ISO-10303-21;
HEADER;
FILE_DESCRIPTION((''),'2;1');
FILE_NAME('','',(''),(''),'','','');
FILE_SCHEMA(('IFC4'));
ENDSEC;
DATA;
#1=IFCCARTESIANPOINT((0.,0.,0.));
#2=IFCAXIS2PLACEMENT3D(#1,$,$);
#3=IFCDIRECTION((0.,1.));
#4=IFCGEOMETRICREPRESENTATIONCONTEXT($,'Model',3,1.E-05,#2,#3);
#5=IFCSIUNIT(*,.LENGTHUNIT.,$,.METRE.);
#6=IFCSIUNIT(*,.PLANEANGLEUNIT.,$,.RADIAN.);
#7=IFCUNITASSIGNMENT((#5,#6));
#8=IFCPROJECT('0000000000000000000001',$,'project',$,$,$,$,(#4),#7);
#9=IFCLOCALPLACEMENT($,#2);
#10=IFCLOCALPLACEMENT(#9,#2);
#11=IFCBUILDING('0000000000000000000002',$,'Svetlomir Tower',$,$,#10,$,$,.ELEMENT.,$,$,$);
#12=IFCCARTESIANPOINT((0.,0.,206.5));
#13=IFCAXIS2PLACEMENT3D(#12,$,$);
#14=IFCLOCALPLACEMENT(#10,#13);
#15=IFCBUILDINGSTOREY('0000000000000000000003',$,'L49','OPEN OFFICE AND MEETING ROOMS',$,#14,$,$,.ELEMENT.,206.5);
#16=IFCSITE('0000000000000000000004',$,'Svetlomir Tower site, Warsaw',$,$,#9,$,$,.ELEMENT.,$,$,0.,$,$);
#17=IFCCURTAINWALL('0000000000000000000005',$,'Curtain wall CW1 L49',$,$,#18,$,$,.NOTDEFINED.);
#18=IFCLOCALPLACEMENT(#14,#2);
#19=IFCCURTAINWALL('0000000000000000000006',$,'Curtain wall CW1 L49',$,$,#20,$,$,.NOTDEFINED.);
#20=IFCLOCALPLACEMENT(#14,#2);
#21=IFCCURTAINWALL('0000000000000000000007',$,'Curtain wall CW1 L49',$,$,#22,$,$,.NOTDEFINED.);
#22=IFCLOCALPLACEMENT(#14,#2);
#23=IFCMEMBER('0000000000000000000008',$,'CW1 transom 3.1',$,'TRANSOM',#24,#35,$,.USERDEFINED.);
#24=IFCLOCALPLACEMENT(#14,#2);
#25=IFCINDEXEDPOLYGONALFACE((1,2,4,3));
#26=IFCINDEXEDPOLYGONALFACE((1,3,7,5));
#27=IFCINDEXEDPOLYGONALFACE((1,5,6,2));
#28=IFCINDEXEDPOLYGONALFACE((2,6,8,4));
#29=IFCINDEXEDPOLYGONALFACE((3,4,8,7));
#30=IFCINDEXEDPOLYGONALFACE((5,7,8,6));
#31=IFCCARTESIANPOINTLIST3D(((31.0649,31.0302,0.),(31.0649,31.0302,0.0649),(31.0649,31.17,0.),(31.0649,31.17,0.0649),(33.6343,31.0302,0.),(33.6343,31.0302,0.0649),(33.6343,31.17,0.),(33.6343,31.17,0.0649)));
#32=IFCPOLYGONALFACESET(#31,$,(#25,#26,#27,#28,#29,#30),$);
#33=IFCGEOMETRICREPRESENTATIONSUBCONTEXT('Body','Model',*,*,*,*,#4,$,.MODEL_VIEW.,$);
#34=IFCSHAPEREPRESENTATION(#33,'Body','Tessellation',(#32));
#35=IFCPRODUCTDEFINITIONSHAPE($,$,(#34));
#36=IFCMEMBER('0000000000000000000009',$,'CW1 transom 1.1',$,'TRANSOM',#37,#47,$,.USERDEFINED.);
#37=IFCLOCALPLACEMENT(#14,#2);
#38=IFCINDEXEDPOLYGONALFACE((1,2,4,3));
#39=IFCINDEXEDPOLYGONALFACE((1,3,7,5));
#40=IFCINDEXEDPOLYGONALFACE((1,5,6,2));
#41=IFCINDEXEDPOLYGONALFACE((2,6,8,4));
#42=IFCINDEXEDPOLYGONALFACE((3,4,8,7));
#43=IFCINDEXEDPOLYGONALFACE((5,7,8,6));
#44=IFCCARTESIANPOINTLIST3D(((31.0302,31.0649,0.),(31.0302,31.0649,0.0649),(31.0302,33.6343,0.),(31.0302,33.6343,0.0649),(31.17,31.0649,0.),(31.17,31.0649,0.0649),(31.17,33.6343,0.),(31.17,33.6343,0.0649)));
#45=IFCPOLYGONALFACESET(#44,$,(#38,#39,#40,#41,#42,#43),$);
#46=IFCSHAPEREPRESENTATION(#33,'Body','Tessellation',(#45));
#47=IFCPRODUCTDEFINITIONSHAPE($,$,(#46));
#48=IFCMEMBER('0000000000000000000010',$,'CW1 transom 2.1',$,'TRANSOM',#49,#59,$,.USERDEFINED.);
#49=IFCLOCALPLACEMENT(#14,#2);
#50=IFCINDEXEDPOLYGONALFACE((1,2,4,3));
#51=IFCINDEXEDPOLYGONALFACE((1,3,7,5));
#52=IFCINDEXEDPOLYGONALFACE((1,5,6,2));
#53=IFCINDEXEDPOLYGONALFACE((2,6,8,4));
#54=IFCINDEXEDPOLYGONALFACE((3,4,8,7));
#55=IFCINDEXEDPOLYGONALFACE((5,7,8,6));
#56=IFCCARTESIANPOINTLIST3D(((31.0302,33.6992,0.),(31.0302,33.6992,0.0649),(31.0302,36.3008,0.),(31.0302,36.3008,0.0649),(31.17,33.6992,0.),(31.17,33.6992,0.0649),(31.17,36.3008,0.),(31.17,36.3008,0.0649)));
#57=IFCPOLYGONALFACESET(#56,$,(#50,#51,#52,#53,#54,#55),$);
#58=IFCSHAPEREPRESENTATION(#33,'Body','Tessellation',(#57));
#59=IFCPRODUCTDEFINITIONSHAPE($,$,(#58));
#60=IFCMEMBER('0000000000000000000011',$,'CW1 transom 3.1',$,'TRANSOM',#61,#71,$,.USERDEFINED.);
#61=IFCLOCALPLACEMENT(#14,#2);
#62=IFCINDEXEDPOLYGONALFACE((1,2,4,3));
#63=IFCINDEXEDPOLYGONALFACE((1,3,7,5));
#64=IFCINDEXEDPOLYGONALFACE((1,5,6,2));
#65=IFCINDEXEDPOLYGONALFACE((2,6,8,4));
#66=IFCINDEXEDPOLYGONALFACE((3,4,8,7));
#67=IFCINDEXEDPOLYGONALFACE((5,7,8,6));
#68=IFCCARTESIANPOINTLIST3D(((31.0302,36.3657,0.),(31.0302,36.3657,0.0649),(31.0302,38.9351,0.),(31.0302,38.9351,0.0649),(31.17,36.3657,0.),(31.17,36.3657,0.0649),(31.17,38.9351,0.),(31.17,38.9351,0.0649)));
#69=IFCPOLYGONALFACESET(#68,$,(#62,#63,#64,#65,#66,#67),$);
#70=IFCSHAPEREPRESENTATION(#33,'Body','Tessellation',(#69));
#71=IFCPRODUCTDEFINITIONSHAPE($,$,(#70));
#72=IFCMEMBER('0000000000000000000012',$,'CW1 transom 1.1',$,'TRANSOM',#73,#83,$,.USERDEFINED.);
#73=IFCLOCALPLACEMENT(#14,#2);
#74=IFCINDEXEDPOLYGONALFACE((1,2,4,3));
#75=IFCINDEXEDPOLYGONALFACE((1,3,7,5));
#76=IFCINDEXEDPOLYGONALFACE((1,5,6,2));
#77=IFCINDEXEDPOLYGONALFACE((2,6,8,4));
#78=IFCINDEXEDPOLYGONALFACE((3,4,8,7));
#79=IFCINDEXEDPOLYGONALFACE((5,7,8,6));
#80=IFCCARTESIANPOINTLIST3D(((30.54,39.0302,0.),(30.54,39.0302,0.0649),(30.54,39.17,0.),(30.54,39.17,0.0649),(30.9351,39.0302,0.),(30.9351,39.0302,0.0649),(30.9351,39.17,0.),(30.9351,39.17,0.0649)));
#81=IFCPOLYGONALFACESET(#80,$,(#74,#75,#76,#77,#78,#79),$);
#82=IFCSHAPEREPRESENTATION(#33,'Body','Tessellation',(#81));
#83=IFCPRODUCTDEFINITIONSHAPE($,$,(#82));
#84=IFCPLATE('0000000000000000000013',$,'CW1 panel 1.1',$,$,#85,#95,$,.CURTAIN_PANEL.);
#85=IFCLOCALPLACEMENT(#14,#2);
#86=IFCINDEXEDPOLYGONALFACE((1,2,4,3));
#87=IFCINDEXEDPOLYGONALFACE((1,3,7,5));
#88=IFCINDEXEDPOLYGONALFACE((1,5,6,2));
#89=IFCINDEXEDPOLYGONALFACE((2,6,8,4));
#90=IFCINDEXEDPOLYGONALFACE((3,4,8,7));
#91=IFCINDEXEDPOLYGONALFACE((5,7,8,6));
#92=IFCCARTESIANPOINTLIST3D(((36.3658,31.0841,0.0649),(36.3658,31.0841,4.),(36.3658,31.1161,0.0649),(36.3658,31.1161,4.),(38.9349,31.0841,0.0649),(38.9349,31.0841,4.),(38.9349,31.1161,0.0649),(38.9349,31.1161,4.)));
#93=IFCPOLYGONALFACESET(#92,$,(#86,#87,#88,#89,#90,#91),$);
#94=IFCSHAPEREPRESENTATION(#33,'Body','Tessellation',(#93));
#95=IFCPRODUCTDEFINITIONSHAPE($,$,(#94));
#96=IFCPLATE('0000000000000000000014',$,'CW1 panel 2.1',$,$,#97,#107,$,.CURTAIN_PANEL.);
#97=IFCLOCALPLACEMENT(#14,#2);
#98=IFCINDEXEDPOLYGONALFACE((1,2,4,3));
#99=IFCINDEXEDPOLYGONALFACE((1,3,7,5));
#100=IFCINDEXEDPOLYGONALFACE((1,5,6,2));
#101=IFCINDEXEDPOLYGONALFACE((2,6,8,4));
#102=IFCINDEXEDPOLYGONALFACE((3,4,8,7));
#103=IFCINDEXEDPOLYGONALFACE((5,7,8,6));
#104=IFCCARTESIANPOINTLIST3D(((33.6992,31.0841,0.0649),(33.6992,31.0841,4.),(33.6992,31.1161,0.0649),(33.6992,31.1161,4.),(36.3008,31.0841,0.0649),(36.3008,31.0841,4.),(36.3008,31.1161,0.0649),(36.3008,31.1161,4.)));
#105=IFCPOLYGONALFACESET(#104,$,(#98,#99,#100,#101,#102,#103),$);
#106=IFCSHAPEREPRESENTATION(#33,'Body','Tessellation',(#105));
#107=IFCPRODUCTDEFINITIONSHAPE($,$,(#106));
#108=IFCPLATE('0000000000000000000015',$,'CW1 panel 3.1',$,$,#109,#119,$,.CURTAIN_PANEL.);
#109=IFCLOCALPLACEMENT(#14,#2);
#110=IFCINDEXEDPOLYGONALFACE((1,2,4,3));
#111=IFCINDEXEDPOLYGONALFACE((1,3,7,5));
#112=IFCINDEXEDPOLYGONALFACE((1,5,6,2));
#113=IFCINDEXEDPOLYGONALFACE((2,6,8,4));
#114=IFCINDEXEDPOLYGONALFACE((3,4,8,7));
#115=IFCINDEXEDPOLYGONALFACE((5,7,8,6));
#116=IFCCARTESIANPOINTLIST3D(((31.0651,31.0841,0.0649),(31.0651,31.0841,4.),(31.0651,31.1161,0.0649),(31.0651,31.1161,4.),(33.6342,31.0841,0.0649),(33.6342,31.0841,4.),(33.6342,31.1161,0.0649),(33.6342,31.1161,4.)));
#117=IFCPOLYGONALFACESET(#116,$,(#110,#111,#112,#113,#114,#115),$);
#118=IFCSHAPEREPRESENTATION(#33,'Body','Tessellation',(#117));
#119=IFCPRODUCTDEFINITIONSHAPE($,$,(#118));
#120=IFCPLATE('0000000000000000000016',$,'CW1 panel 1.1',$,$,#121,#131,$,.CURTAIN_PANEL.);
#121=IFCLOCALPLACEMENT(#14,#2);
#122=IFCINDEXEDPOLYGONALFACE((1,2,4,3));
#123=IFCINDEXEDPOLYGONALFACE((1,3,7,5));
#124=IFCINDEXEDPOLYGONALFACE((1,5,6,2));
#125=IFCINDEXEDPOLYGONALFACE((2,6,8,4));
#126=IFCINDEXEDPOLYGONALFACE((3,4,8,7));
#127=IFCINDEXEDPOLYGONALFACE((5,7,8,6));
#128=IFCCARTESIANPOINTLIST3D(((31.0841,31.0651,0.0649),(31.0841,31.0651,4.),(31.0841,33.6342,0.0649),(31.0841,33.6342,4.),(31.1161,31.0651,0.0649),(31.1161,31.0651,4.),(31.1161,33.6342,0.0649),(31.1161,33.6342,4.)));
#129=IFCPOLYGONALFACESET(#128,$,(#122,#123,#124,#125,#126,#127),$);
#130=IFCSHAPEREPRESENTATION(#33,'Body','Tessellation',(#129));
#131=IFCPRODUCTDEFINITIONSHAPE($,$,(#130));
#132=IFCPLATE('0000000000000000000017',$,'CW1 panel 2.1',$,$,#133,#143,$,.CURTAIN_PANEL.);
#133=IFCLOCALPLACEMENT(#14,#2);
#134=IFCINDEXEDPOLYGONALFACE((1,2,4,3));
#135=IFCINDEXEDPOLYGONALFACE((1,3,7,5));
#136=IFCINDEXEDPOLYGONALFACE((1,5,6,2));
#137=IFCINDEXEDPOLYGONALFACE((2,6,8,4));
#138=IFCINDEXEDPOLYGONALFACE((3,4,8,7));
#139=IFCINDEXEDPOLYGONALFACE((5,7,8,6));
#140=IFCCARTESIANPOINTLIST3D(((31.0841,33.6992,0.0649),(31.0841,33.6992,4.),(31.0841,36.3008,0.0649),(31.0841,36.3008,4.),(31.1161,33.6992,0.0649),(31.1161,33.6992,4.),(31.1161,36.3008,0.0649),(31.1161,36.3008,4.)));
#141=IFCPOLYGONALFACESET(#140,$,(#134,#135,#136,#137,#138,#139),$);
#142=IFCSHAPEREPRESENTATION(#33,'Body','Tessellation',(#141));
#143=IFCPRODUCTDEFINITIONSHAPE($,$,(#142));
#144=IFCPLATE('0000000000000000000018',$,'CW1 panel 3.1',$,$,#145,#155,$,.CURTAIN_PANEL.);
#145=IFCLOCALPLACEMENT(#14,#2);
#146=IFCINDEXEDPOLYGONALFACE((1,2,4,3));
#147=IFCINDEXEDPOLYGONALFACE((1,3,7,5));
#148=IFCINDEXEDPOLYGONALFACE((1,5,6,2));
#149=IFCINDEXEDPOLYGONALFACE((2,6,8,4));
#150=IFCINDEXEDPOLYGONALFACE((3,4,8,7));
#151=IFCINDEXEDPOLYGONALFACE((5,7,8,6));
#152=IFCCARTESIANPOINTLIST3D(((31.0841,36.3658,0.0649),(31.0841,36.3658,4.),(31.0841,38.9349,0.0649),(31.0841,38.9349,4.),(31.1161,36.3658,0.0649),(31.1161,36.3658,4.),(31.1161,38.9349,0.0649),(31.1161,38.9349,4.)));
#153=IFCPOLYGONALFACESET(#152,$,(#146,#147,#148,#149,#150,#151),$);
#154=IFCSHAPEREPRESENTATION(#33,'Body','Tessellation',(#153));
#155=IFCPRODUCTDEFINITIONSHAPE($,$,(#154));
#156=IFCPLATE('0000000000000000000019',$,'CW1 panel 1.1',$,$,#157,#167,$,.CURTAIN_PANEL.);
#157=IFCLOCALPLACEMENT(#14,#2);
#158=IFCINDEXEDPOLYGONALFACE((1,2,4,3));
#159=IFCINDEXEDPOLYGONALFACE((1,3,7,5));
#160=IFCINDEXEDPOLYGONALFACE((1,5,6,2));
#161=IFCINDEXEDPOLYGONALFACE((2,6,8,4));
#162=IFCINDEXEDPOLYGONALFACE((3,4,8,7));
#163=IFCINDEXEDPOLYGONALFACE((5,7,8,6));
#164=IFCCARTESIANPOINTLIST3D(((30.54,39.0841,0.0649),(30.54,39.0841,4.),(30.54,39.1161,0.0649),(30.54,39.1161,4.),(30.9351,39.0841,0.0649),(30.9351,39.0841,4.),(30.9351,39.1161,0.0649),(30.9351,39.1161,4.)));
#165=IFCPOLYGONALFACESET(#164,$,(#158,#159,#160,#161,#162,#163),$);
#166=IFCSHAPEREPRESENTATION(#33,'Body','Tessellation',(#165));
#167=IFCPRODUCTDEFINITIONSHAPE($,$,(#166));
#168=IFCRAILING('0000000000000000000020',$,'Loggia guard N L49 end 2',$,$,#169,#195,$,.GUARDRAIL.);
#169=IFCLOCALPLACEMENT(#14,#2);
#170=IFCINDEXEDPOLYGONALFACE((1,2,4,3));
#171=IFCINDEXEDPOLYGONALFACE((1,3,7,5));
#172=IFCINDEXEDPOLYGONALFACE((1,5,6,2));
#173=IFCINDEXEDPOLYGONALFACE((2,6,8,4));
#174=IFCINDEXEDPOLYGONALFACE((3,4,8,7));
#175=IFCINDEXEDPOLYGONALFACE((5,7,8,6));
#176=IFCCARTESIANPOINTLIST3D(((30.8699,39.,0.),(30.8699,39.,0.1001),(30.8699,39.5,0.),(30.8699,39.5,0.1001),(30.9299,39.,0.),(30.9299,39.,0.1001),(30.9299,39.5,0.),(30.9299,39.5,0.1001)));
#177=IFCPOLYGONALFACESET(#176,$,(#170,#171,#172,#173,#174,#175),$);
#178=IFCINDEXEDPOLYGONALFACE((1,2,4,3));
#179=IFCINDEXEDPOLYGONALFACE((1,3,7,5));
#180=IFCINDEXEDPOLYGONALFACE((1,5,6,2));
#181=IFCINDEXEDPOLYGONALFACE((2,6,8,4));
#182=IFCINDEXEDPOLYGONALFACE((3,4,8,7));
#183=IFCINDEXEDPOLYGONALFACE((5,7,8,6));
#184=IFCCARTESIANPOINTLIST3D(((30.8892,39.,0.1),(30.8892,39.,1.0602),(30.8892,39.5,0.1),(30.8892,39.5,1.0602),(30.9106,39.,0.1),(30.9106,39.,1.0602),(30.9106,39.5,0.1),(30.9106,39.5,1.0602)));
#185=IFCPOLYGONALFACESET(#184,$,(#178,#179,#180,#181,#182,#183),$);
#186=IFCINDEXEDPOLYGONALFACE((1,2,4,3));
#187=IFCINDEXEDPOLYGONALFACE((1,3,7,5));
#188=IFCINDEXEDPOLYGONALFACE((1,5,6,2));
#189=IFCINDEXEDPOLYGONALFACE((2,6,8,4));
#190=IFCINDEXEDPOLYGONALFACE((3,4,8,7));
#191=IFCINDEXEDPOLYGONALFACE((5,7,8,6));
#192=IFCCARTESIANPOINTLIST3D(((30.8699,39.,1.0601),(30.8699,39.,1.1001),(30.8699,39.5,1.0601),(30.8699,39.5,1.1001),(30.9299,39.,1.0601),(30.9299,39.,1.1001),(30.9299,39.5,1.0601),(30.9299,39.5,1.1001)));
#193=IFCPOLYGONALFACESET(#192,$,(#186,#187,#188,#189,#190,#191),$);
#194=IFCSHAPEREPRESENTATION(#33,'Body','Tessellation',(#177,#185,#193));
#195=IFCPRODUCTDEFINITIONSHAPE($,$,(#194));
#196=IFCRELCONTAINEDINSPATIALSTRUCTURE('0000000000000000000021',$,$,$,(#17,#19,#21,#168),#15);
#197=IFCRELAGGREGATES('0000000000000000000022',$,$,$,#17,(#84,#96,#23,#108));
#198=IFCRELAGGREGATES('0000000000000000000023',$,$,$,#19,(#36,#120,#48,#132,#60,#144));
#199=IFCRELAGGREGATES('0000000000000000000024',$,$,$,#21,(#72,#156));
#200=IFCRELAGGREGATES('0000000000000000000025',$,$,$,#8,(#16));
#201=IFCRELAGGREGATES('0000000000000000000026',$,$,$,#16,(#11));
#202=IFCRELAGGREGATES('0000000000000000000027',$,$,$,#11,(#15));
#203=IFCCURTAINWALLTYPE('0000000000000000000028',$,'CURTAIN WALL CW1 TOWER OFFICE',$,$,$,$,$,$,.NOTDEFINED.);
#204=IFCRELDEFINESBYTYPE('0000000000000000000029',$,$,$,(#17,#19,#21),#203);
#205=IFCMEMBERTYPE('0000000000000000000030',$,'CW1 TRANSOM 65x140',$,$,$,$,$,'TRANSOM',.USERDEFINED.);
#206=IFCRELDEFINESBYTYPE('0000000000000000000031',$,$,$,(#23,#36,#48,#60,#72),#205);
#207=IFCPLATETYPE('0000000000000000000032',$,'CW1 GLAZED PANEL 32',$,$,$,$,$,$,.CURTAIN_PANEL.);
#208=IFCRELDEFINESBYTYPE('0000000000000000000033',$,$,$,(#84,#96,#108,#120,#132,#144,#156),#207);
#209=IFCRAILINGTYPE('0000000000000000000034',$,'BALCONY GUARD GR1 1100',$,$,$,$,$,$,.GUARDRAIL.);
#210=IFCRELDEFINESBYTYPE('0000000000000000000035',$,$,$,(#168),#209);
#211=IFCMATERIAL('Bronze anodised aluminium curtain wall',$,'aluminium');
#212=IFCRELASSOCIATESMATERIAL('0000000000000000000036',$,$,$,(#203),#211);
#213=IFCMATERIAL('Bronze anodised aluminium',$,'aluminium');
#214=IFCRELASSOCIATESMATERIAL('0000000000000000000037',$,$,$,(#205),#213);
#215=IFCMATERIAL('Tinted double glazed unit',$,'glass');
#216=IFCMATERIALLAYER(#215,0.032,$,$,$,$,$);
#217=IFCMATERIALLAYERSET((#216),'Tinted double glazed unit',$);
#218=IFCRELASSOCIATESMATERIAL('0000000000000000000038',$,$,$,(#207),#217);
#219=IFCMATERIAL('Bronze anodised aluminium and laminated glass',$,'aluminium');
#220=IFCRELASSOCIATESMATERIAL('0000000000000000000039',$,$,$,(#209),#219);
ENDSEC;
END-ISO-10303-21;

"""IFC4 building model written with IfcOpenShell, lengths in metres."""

from ifc_helpers import new_model, si_unit, direction, frame, origin, origin_2d, place, context, subcontext, project, spatial, rectangle, extrude, material, layer, layer_set, material_profile, profile_set, type_object, element, aggregate, save


model = new_model("IFC4")

# Units and contexts
model_context = context("Model", 3, precision=1e-05, world=origin(), true_north=direction((0.0, 1.0)))
body_context = subcontext(model_context, "Body", "Model", "MODEL_VIEW")
ifc_project = project(units=[si_unit("LENGTHUNIT", "METRE"), si_unit("PLANEANGLEUNIT", "RADIAN")], contexts=[model_context])

# Site, building, storey
site_placement = place(None, origin())
site = spatial("IfcSite", under=ifc_project, at=site_placement, Name="Svetlomir Tower site, Warsaw", CompositionType="ELEMENT", RefElevation=0.0)
building_placement = place(site_placement, origin())
building = spatial("IfcBuilding", under=site, at=building_placement, Name="Svetlomir Tower", CompositionType="ELEMENT")
storey_placement = place(building_placement, frame((0.0, 0.0, 206.5)))
storey = spatial("IfcBuildingStorey", under=building, at=storey_placement, Name="L49", Description="OPEN OFFICE AND MEETING ROOMS", CompositionType="ELEMENT", Elevation=206.5)

# Curtain walls
ifc_material_1 = material(Name="Bronze anodised aluminium curtain wall", Category="aluminium")
curtain_wall_type = type_object("IfcCurtainWallType", Name="CURTAIN WALL CW1 TOWER OFFICE", PredefinedType="NOTDEFINED", material=ifc_material_1)
curtain_wall_1_placement = place(storey_placement, origin())
curtain_wall_1 = element("IfcCurtainWall", 1, at=curtain_wall_1_placement, inside=storey, type_object=curtain_wall_type, Name="Curtain wall CW1 L49", PredefinedType="NOTDEFINED")
curtain_wall_2_placement = place(storey_placement, origin())
curtain_wall_2 = element("IfcCurtainWall", 2, at=curtain_wall_2_placement, inside=storey, type_object=curtain_wall_type, Name="Curtain wall CW1 L49", PredefinedType="NOTDEFINED")

# Curtain wall
curtain_wall_3_placement = place(storey_placement, origin())
curtain_wall_3 = element("IfcCurtainWall", 3, at=curtain_wall_3_placement, inside=storey, type_object=curtain_wall_type, Name="Curtain wall CW1 L49", PredefinedType="NOTDEFINED")

# Members
ifc_material_2 = material(Name="Bronze anodised aluminium", Category="aluminium")
ifc_material_profile_1 = material_profile(ifc_material_2, rectangle(XDim=0.1399, YDim=0.0649, at=origin_2d()), Name="AL 140x65")
ifc_profile_set_1 = profile_set([ifc_material_profile_1], Name="Bronze anodised aluminium 6063-T6")
member_type_1 = type_object("IfcMemberType", Name="CW1 TRANSOM 65x140", ElementType="TRANSOM", PredefinedType="USERDEFINED", material=ifc_profile_set_1)
member_1_placement = place(storey_placement, frame((33.6343, 31.1001, 0.0325), z_axis=(-1.0, 0.0, 0.0), x_axis=(0.0, -1.0, 0.0)))
member_1 = element("IfcMember", 4, at=member_1_placement, type_object=member_type_1, Name="CW1 transom 3.1", ObjectType="TRANSOM", PredefinedType="USERDEFINED", context=body_context, shape_type="SweptSolid", body=[
    extrude(rectangle(XDim=0.1399, YDim=0.0649, at=origin_2d()), origin(), (0.0, 0.0, 1.0), 2.5693),
])
member_2_placement = place(storey_placement, frame((31.1001, 31.0649, 0.0325), z_axis=(0.0, 1.0, 0.0), x_axis=(-1.0, 0.0, 0.0)))
member_2 = element("IfcMember", 5, at=member_2_placement, type_object=member_type_1, Name="CW1 transom 1.1", ObjectType="TRANSOM", PredefinedType="USERDEFINED", context=body_context, shape_type="SweptSolid", body=[
    extrude(rectangle(XDim=0.1399, YDim=0.0649, at=origin_2d()), origin(), (0.0, 0.0, 1.0), 2.5693),
])
member_3_placement = place(storey_placement, frame((31.1001, 33.6992, 0.0325), z_axis=(0.0, 1.0, 0.0), x_axis=(-1.0, 0.0, 0.0)))
member_3 = element("IfcMember", 6, at=member_3_placement, type_object=member_type_1, Name="CW1 transom 2.1", ObjectType="TRANSOM", PredefinedType="USERDEFINED", context=body_context, shape_type="SweptSolid", body=[
    extrude(rectangle(XDim=0.1399, YDim=0.0649, at=origin_2d()), origin(), (0.0, 0.0, 1.0), 2.6016),
])
member_4_placement = place(storey_placement, frame((31.1001, 36.3657, 0.0325), z_axis=(0.0, 1.0, 0.0), x_axis=(-1.0, 0.0, 0.0)))
member_4 = element("IfcMember", 7, at=member_4_placement, type_object=member_type_1, Name="CW1 transom 3.1", ObjectType="TRANSOM", PredefinedType="USERDEFINED", context=body_context, shape_type="SweptSolid", body=[
    extrude(rectangle(XDim=0.1399, YDim=0.0649, at=origin_2d()), origin(), (0.0, 0.0, 1.0), 2.5693),
])
member_5_placement = place(storey_placement, frame((30.9351, 39.1001, 0.0325), z_axis=(-1.0, 0.0, 0.0), x_axis=(0.0, -1.0, 0.0)))
member_5 = element("IfcMember", 8, at=member_5_placement, type_object=member_type_1, Name="CW1 transom 1.1", ObjectType="TRANSOM", PredefinedType="USERDEFINED", context=body_context, shape_type="SweptSolid", body=[
    extrude(rectangle(XDim=0.1399, YDim=0.0649, at=origin_2d()), origin(), (0.0, 0.0, 1.0), 0.395),
])

# Plates
ifc_material_3 = material(Name="Tinted double glazed unit", Category="glass")
ifc_layer = layer(ifc_material_3, 0.032)
ifc_layer_set = layer_set([ifc_layer], Name="Tinted double glazed unit")
plate_type = type_object("IfcPlateType", Name="CW1 GLAZED PANEL 32", PredefinedType="CURTAIN_PANEL", material=ifc_layer_set)
plate_1_placement = place(storey_placement, frame((37.6504, 31.1001, 0.0649), z_axis=(0.0, 0.0, 1.0), x_axis=(-1.0, 0.0, 0.0)))
plate_1 = element("IfcPlate", 9, at=plate_1_placement, type_object=plate_type, Name="CW1 panel 1.1", PredefinedType="CURTAIN_PANEL", context=body_context, shape_type="SweptSolid", body=[
    extrude(rectangle(XDim=2.5691, YDim=0.032, at=origin_2d()), origin(), (0.0, 0.0, 1.0), 3.9351),
])
plate_2_placement = place(storey_placement, frame((35.0, 31.1001, 0.0649), z_axis=(0.0, 0.0, 1.0), x_axis=(-1.0, 0.0, 0.0)))
plate_2 = element("IfcPlate", 10, at=plate_2_placement, type_object=plate_type, Name="CW1 panel 2.1", PredefinedType="CURTAIN_PANEL", context=body_context, shape_type="SweptSolid", body=[
    extrude(rectangle(XDim=2.6016, YDim=0.032, at=origin_2d()), origin(), (0.0, 0.0, 1.0), 3.9351),
])
plate_3_placement = place(storey_placement, frame((32.3496, 31.1001, 0.0649), z_axis=(0.0, 0.0, 1.0), x_axis=(-1.0, 0.0, 0.0)))
plate_3 = element("IfcPlate", 11, at=plate_3_placement, type_object=plate_type, Name="CW1 panel 3.1", PredefinedType="CURTAIN_PANEL", context=body_context, shape_type="SweptSolid", body=[
    extrude(rectangle(XDim=2.5691, YDim=0.032, at=origin_2d()), origin(), (0.0, 0.0, 1.0), 3.9351),
])
aggregate(curtain_wall_1, [plate_1, plate_2, member_1, plate_3])
plate_4_placement = place(storey_placement, frame((31.1001, 32.3496, 0.0649), z_axis=(0.0, 0.0, 1.0), x_axis=(0.0, 1.0, 0.0)))
plate_4 = element("IfcPlate", 12, at=plate_4_placement, type_object=plate_type, Name="CW1 panel 1.1", PredefinedType="CURTAIN_PANEL", context=body_context, shape_type="SweptSolid", body=[
    extrude(rectangle(XDim=2.5691, YDim=0.032, at=origin_2d()), origin(), (0.0, 0.0, 1.0), 3.9351),
])
plate_5_placement = place(storey_placement, frame((31.1001, 35.0, 0.0649), z_axis=(0.0, 0.0, 1.0), x_axis=(0.0, 1.0, 0.0)))
plate_5 = element("IfcPlate", 13, at=plate_5_placement, type_object=plate_type, Name="CW1 panel 2.1", PredefinedType="CURTAIN_PANEL", context=body_context, shape_type="SweptSolid", body=[
    extrude(rectangle(XDim=2.6016, YDim=0.032, at=origin_2d()), origin(), (0.0, 0.0, 1.0), 3.9351),
])
plate_6_placement = place(storey_placement, frame((31.1001, 37.6504, 0.0649), z_axis=(0.0, 0.0, 1.0), x_axis=(0.0, 1.0, 0.0)))
plate_6 = element("IfcPlate", 14, at=plate_6_placement, type_object=plate_type, Name="CW1 panel 3.1", PredefinedType="CURTAIN_PANEL", context=body_context, shape_type="SweptSolid", body=[
    extrude(rectangle(XDim=2.5691, YDim=0.032, at=origin_2d()), origin(), (0.0, 0.0, 1.0), 3.9351),
])
aggregate(curtain_wall_2, [member_2, plate_4, member_3, plate_5, member_4, plate_6])
plate_7_placement = place(storey_placement, frame((30.7375, 39.1001, 0.0649), z_axis=(0.0, 0.0, 1.0), x_axis=(-1.0, 0.0, 0.0)))
plate_7 = element("IfcPlate", 15, at=plate_7_placement, type_object=plate_type, Name="CW1 panel 1.1", PredefinedType="CURTAIN_PANEL", context=body_context, shape_type="SweptSolid", body=[
    extrude(rectangle(XDim=0.395, YDim=0.032, at=origin_2d()), origin(), (0.0, 0.0, 1.0), 3.9351),
])
aggregate(curtain_wall_3, [member_5, plate_7])

# Railing
ifc_material_4 = material(Name="Bronze anodised aluminium and laminated glass", Category="aluminium")
railing_type = type_object("IfcRailingType", Name="BALCONY GUARD GR1 1100", PredefinedType="GUARDRAIL", material=ifc_material_4)
railing_placement = place(storey_placement, frame((30.8999, 39.5, 0.0)))
element("IfcRailing", 16, at=railing_placement, inside=storey, type_object=railing_type, Name="Loggia guard N L49 end 2", PredefinedType="GUARDRAIL", context=body_context, shape_type="SweptSolid", body=[
    extrude(rectangle(XDim=0.0601, YDim=0.1001, at=origin_2d()), frame((0.0, 0.0, 0.05), z_axis=(0.0, -1.0, 0.0), x_axis=(1.0, 0.0, 0.0)), (0.0, 0.0, 1.0), 0.5),
    extrude(rectangle(XDim=0.0215, YDim=0.9602, at=origin_2d()), frame((0.0, 0.0, 0.5801), z_axis=(0.0, -1.0, 0.0), x_axis=(1.0, 0.0, 0.0)), (0.0, 0.0, 1.0), 0.5),
    extrude(rectangle(XDim=0.0601, YDim=0.04, at=origin_2d()), frame((0.0, 0.0, 1.0801), z_axis=(0.0, -1.0, 0.0), x_axis=(1.0, 0.0, 0.0)), (0.0, 0.0, 1.0), 0.5),
])

save(model, "model.ifc")
